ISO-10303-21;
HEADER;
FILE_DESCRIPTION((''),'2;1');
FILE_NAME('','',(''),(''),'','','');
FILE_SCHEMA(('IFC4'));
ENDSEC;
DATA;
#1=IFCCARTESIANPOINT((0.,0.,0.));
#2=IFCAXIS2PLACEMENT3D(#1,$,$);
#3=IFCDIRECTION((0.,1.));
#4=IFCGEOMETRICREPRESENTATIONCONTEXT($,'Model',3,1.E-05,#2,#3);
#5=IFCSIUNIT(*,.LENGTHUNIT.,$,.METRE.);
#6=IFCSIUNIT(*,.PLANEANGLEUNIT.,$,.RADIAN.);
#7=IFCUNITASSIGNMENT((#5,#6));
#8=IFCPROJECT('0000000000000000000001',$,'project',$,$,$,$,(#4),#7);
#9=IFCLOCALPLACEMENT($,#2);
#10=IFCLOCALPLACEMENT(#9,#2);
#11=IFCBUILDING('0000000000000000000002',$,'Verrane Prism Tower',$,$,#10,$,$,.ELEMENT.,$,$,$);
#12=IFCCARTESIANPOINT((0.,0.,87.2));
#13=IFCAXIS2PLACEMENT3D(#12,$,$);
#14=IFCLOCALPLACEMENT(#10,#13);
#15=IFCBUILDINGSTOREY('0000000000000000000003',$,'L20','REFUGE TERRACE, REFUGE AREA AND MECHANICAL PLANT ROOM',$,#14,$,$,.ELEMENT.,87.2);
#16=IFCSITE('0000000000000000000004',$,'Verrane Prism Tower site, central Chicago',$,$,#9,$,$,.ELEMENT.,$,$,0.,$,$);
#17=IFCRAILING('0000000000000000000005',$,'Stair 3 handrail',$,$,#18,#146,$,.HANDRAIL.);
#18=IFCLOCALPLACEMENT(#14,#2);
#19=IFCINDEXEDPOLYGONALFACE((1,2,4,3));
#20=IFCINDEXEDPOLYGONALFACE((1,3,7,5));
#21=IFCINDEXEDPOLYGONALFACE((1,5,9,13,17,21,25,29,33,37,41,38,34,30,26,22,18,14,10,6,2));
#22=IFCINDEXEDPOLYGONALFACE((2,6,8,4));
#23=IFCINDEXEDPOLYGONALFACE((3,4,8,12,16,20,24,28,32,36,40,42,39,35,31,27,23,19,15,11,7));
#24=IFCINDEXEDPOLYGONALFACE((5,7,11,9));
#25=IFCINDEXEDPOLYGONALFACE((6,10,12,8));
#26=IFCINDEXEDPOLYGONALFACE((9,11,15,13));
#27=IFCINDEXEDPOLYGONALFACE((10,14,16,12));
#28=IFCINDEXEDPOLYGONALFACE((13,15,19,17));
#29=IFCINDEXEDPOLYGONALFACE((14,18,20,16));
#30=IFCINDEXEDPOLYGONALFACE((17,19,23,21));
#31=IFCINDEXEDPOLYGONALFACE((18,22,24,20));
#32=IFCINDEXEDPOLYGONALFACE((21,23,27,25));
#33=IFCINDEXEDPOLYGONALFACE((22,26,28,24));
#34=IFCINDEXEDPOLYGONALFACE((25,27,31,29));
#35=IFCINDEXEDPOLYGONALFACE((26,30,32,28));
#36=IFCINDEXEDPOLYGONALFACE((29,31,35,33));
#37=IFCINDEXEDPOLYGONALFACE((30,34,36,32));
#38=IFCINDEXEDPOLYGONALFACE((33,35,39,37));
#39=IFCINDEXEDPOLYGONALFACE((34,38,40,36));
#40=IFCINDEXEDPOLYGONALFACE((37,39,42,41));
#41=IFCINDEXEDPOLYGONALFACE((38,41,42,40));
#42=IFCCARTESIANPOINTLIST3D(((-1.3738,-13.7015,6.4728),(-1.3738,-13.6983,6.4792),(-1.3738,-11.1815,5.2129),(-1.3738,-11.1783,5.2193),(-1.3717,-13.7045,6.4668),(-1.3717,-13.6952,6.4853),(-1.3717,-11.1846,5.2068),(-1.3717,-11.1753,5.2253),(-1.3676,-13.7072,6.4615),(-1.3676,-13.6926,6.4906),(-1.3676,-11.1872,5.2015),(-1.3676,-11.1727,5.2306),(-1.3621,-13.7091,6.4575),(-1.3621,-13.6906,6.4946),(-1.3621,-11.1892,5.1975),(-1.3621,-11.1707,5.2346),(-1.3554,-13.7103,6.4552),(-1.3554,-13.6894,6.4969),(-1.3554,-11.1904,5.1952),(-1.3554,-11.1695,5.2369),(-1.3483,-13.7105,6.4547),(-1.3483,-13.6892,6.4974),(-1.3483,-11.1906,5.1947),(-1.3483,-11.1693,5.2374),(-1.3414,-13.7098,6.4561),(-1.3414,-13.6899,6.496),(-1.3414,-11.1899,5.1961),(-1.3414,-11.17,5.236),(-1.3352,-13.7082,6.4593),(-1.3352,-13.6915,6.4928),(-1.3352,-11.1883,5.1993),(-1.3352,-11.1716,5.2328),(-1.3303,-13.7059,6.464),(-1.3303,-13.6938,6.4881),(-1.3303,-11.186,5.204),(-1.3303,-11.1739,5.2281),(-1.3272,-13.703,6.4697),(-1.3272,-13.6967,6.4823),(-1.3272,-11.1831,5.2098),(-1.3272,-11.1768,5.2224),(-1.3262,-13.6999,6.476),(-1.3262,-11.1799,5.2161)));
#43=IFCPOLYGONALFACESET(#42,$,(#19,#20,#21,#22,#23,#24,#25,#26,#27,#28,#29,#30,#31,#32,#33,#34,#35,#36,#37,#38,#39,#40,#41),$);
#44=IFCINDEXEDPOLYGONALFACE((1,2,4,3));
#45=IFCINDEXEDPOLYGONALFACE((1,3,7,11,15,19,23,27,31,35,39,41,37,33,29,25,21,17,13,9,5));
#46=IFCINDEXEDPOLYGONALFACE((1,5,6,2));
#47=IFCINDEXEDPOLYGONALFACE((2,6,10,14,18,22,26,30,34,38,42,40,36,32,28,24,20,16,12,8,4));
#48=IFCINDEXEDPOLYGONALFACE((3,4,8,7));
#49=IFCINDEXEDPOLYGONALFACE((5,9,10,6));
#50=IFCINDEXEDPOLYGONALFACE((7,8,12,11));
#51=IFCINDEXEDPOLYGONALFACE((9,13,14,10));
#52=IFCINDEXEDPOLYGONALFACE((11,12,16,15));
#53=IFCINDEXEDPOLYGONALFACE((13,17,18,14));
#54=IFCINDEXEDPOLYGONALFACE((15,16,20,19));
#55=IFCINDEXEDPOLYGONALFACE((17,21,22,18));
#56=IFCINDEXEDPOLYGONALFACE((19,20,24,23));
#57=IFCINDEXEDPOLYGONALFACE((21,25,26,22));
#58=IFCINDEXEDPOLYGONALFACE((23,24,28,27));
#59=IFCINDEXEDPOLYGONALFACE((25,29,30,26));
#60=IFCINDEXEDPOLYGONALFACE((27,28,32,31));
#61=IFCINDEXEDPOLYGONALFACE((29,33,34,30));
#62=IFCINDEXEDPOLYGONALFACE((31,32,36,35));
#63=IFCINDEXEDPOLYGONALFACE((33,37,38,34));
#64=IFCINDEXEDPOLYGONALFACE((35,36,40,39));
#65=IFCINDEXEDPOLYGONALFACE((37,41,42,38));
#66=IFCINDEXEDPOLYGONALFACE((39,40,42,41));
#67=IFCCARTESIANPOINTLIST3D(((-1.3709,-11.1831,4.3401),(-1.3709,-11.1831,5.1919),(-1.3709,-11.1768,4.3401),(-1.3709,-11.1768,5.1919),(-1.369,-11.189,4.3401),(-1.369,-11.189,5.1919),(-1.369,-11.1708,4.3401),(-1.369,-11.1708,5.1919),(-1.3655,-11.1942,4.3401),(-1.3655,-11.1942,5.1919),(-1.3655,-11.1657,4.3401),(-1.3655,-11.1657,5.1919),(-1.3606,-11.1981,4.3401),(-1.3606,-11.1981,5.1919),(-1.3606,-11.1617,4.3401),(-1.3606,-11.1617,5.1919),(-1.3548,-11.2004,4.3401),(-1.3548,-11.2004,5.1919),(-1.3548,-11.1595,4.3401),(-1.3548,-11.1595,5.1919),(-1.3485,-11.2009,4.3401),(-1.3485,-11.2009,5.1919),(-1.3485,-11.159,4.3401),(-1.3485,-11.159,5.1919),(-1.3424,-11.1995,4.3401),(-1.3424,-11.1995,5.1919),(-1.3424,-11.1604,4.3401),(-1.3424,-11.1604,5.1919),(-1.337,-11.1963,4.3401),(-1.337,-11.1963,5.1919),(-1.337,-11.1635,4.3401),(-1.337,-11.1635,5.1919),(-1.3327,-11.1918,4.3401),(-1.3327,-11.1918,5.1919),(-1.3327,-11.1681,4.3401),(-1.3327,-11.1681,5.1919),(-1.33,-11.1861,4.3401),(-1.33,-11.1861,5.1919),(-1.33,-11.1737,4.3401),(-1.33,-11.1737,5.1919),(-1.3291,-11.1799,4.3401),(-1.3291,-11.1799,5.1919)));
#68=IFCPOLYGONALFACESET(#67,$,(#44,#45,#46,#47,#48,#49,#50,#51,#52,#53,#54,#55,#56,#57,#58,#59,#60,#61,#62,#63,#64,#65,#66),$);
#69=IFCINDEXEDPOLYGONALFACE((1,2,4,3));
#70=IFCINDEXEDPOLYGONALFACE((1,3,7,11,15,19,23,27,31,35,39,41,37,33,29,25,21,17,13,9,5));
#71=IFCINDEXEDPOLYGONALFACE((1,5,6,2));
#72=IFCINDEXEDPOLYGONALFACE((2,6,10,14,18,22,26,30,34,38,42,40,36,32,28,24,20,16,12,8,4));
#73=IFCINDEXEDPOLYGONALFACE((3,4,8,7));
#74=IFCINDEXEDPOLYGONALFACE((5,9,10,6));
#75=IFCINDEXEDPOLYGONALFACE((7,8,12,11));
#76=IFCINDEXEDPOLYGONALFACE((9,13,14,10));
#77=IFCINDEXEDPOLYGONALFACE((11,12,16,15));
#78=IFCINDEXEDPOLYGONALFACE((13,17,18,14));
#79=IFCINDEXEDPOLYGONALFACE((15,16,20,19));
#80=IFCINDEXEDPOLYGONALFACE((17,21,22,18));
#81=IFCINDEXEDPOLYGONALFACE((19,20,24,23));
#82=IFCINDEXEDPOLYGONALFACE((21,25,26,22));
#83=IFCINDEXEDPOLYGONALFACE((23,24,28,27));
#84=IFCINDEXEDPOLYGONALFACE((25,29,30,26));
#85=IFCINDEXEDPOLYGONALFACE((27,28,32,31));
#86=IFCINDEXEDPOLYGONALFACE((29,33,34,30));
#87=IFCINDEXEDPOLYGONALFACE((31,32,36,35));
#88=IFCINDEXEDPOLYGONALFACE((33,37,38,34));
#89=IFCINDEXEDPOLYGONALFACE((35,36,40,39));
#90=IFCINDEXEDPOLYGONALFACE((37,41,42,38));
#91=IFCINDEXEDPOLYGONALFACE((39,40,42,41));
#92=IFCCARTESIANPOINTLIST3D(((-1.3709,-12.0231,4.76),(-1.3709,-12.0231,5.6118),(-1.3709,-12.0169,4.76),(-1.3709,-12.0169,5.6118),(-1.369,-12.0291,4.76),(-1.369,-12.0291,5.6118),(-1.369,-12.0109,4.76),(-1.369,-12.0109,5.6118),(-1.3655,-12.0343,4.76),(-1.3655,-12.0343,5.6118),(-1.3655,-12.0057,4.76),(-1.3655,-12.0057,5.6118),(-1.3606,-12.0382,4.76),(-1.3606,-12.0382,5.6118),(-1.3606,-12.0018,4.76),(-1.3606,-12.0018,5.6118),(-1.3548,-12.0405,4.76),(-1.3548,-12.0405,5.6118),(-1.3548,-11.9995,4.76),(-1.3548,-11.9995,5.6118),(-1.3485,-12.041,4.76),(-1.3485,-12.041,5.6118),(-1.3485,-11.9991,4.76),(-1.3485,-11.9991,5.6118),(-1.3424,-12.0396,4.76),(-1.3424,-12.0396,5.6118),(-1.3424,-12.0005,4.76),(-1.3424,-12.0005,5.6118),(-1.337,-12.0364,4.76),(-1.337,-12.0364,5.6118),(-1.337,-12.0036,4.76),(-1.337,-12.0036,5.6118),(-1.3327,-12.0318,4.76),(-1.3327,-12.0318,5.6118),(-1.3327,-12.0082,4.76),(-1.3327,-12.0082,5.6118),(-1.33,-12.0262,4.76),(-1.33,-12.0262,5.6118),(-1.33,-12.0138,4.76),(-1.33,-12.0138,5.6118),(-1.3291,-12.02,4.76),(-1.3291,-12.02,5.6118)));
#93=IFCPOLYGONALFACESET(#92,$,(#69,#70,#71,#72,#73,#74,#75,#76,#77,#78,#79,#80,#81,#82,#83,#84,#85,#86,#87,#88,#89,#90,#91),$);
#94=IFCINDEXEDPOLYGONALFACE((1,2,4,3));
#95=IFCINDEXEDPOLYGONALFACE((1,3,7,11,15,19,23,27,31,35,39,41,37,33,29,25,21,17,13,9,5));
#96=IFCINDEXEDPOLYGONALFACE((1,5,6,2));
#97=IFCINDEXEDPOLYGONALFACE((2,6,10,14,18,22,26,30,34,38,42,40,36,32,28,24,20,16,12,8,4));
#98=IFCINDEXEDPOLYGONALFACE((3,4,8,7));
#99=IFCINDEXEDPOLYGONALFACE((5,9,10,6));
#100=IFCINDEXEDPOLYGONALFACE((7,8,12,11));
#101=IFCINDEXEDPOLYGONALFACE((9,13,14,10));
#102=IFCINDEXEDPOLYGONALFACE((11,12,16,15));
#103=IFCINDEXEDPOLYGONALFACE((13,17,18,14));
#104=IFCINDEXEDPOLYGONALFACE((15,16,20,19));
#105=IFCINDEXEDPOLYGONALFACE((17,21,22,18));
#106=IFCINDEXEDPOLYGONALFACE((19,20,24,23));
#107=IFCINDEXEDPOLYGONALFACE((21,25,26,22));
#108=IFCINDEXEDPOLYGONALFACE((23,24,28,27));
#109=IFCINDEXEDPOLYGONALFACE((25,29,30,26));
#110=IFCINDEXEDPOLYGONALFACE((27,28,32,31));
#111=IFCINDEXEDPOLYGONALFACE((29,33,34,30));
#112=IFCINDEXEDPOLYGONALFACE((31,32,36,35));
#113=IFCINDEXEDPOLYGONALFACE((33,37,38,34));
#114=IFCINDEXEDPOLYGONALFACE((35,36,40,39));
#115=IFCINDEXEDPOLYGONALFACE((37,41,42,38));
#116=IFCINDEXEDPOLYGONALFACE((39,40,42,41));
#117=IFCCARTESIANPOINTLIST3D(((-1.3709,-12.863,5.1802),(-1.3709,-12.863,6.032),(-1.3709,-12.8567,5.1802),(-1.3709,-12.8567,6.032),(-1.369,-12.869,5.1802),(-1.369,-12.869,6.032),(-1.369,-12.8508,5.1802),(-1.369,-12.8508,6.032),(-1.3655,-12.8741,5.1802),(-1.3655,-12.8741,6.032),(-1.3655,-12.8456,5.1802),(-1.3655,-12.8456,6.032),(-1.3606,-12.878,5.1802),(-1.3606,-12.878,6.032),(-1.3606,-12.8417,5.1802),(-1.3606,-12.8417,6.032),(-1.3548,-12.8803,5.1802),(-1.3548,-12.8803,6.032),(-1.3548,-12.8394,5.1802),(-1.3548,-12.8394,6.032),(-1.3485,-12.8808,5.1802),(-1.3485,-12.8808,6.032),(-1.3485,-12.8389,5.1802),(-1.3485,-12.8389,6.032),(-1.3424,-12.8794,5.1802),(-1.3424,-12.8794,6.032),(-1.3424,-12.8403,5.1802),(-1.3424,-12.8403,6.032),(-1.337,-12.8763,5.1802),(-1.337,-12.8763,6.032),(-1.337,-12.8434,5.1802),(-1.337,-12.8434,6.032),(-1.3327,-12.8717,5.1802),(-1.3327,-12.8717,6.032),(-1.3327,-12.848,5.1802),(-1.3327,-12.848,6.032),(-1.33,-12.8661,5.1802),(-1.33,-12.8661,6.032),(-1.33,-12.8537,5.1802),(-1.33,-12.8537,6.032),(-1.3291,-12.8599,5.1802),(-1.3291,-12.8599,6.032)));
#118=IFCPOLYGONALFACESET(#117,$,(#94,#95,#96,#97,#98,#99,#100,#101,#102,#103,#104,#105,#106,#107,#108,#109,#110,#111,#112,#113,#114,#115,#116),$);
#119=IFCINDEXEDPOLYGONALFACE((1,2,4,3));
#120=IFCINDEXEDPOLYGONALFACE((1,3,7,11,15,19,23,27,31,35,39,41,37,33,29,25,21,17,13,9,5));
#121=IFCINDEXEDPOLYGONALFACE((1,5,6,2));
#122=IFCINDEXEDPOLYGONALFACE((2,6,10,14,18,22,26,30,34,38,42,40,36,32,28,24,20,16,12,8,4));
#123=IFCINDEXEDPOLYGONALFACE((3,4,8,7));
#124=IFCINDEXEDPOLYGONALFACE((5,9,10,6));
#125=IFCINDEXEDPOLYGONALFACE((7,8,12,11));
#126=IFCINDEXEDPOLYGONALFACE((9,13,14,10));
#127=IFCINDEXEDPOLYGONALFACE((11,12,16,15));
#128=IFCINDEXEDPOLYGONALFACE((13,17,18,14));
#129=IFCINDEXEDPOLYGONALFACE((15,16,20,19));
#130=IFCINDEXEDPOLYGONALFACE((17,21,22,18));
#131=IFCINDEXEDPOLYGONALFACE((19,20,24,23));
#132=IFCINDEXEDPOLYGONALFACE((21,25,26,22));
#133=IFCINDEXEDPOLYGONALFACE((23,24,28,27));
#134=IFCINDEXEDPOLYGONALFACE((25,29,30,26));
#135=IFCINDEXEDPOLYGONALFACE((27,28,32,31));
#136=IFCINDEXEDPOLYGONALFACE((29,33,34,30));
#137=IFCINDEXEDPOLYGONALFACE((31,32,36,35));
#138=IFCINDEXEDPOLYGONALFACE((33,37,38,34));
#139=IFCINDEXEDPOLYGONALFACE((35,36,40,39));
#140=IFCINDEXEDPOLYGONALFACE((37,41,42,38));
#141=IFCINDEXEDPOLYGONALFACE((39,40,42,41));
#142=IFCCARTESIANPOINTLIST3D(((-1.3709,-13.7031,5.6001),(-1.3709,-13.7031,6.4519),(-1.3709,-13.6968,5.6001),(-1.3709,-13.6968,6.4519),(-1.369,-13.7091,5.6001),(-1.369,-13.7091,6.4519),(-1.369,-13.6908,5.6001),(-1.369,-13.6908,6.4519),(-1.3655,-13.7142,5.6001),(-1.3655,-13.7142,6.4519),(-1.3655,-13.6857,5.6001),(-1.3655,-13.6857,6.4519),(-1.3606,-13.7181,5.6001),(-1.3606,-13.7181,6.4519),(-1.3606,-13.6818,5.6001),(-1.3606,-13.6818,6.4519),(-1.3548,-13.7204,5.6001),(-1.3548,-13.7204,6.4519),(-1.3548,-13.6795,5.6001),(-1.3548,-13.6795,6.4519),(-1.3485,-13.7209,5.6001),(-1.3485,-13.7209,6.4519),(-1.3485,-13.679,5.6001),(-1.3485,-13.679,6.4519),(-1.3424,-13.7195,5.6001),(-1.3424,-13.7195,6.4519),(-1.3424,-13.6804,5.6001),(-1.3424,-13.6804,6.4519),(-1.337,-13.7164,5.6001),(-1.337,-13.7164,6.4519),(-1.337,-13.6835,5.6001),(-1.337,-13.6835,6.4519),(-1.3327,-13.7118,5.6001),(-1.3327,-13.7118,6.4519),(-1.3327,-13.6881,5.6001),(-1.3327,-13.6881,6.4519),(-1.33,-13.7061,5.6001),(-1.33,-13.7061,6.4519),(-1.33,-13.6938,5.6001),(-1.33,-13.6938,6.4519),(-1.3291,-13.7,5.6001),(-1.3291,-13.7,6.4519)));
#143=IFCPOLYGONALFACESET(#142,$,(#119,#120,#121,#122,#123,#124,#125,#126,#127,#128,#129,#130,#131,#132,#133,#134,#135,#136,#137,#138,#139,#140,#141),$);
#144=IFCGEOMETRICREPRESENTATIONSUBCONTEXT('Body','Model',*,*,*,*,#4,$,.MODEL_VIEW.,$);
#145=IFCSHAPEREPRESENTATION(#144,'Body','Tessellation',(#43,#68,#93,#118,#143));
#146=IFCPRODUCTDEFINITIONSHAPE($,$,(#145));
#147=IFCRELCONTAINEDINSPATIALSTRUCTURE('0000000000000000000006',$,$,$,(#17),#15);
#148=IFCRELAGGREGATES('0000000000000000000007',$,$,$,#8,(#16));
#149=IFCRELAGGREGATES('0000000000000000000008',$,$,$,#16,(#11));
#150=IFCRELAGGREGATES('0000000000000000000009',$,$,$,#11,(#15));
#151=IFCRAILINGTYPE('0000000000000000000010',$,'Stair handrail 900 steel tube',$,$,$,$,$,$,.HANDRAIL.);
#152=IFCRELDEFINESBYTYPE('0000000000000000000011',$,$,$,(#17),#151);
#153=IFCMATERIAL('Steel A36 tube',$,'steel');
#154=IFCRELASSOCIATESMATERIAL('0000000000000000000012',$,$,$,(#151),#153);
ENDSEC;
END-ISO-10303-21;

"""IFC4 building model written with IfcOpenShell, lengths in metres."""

from ifc_helpers import new_model, si_unit, direction, frame, origin, origin_2d, place, context, subcontext, project, spatial, circle, extrude, material, type_object, element, save


model = new_model("IFC4")

# Units and contexts
model_context = context("Model", 3, precision=1e-05, world=origin(), true_north=direction((0.0, 1.0)))
body_context = subcontext(model_context, "Body", "Model", "MODEL_VIEW")
ifc_project = project(units=[si_unit("LENGTHUNIT", "METRE"), si_unit("PLANEANGLEUNIT", "RADIAN")], contexts=[model_context])

# Site, building, storey
site_placement = place(None, origin())
site = spatial("IfcSite", under=ifc_project, at=site_placement, Name="Verrane Prism Tower site, central Chicago", CompositionType="ELEMENT", RefElevation=0.0)
building_placement = place(site_placement, origin())
building = spatial("IfcBuilding", under=site, at=building_placement, Name="Verrane Prism Tower", CompositionType="ELEMENT")
storey_placement = place(building_placement, frame((0.0, 0.0, 87.2)))
storey = spatial("IfcBuildingStorey", under=building, at=storey_placement, Name="L20", Description="REFUGE TERRACE, REFUGE AREA AND MECHANICAL PLANT ROOM", CompositionType="ELEMENT", Elevation=87.2)

# Railing
ifc_material_1 = material(Name="Steel A36 tube", Category="steel")
railing_type = type_object("IfcRailingType", Name="Stair handrail 900 steel tube", PredefinedType="HANDRAIL", material=ifc_material_1)
for number, where, name in (
    (1, (-1.3501, -11.1799, 4.3401), "Stair 3 handrail"),
):
    element("IfcRailing", number, at=place(storey_placement, frame(where)), inside=storey, type_object=railing_type, Name=name, PredefinedType="HANDRAIL", context=body_context, shape_type="SweptSolid", body=[
        extrude(circle(Radius=0.0239, at=origin_2d()), frame((0.0, 0.0, 0.876), z_axis=(0.0, -0.894427, 0.447214), x_axis=(1.0, 0.0, 0.0)), (0.0, 0.0, 1.0), 2.8174),
        extrude(circle(Radius=0.021, at=origin_2d()), origin(), (0.0, 0.0, 1.0), 0.8518),
        extrude(circle(Radius=0.021, at=origin_2d()), frame((0.0, -0.8401, 0.4199)), (0.0, 0.0, 1.0), 0.8518),
        extrude(circle(Radius=0.021, at=origin_2d()), frame((0.0, -1.6799, 0.8401)), (0.0, 0.0, 1.0), 0.8518),
        extrude(circle(Radius=0.021, at=origin_2d()), frame((0.0, -2.52, 1.26)), (0.0, 0.0, 1.0), 0.8518),
    ])

save(model, "model.ifc")
